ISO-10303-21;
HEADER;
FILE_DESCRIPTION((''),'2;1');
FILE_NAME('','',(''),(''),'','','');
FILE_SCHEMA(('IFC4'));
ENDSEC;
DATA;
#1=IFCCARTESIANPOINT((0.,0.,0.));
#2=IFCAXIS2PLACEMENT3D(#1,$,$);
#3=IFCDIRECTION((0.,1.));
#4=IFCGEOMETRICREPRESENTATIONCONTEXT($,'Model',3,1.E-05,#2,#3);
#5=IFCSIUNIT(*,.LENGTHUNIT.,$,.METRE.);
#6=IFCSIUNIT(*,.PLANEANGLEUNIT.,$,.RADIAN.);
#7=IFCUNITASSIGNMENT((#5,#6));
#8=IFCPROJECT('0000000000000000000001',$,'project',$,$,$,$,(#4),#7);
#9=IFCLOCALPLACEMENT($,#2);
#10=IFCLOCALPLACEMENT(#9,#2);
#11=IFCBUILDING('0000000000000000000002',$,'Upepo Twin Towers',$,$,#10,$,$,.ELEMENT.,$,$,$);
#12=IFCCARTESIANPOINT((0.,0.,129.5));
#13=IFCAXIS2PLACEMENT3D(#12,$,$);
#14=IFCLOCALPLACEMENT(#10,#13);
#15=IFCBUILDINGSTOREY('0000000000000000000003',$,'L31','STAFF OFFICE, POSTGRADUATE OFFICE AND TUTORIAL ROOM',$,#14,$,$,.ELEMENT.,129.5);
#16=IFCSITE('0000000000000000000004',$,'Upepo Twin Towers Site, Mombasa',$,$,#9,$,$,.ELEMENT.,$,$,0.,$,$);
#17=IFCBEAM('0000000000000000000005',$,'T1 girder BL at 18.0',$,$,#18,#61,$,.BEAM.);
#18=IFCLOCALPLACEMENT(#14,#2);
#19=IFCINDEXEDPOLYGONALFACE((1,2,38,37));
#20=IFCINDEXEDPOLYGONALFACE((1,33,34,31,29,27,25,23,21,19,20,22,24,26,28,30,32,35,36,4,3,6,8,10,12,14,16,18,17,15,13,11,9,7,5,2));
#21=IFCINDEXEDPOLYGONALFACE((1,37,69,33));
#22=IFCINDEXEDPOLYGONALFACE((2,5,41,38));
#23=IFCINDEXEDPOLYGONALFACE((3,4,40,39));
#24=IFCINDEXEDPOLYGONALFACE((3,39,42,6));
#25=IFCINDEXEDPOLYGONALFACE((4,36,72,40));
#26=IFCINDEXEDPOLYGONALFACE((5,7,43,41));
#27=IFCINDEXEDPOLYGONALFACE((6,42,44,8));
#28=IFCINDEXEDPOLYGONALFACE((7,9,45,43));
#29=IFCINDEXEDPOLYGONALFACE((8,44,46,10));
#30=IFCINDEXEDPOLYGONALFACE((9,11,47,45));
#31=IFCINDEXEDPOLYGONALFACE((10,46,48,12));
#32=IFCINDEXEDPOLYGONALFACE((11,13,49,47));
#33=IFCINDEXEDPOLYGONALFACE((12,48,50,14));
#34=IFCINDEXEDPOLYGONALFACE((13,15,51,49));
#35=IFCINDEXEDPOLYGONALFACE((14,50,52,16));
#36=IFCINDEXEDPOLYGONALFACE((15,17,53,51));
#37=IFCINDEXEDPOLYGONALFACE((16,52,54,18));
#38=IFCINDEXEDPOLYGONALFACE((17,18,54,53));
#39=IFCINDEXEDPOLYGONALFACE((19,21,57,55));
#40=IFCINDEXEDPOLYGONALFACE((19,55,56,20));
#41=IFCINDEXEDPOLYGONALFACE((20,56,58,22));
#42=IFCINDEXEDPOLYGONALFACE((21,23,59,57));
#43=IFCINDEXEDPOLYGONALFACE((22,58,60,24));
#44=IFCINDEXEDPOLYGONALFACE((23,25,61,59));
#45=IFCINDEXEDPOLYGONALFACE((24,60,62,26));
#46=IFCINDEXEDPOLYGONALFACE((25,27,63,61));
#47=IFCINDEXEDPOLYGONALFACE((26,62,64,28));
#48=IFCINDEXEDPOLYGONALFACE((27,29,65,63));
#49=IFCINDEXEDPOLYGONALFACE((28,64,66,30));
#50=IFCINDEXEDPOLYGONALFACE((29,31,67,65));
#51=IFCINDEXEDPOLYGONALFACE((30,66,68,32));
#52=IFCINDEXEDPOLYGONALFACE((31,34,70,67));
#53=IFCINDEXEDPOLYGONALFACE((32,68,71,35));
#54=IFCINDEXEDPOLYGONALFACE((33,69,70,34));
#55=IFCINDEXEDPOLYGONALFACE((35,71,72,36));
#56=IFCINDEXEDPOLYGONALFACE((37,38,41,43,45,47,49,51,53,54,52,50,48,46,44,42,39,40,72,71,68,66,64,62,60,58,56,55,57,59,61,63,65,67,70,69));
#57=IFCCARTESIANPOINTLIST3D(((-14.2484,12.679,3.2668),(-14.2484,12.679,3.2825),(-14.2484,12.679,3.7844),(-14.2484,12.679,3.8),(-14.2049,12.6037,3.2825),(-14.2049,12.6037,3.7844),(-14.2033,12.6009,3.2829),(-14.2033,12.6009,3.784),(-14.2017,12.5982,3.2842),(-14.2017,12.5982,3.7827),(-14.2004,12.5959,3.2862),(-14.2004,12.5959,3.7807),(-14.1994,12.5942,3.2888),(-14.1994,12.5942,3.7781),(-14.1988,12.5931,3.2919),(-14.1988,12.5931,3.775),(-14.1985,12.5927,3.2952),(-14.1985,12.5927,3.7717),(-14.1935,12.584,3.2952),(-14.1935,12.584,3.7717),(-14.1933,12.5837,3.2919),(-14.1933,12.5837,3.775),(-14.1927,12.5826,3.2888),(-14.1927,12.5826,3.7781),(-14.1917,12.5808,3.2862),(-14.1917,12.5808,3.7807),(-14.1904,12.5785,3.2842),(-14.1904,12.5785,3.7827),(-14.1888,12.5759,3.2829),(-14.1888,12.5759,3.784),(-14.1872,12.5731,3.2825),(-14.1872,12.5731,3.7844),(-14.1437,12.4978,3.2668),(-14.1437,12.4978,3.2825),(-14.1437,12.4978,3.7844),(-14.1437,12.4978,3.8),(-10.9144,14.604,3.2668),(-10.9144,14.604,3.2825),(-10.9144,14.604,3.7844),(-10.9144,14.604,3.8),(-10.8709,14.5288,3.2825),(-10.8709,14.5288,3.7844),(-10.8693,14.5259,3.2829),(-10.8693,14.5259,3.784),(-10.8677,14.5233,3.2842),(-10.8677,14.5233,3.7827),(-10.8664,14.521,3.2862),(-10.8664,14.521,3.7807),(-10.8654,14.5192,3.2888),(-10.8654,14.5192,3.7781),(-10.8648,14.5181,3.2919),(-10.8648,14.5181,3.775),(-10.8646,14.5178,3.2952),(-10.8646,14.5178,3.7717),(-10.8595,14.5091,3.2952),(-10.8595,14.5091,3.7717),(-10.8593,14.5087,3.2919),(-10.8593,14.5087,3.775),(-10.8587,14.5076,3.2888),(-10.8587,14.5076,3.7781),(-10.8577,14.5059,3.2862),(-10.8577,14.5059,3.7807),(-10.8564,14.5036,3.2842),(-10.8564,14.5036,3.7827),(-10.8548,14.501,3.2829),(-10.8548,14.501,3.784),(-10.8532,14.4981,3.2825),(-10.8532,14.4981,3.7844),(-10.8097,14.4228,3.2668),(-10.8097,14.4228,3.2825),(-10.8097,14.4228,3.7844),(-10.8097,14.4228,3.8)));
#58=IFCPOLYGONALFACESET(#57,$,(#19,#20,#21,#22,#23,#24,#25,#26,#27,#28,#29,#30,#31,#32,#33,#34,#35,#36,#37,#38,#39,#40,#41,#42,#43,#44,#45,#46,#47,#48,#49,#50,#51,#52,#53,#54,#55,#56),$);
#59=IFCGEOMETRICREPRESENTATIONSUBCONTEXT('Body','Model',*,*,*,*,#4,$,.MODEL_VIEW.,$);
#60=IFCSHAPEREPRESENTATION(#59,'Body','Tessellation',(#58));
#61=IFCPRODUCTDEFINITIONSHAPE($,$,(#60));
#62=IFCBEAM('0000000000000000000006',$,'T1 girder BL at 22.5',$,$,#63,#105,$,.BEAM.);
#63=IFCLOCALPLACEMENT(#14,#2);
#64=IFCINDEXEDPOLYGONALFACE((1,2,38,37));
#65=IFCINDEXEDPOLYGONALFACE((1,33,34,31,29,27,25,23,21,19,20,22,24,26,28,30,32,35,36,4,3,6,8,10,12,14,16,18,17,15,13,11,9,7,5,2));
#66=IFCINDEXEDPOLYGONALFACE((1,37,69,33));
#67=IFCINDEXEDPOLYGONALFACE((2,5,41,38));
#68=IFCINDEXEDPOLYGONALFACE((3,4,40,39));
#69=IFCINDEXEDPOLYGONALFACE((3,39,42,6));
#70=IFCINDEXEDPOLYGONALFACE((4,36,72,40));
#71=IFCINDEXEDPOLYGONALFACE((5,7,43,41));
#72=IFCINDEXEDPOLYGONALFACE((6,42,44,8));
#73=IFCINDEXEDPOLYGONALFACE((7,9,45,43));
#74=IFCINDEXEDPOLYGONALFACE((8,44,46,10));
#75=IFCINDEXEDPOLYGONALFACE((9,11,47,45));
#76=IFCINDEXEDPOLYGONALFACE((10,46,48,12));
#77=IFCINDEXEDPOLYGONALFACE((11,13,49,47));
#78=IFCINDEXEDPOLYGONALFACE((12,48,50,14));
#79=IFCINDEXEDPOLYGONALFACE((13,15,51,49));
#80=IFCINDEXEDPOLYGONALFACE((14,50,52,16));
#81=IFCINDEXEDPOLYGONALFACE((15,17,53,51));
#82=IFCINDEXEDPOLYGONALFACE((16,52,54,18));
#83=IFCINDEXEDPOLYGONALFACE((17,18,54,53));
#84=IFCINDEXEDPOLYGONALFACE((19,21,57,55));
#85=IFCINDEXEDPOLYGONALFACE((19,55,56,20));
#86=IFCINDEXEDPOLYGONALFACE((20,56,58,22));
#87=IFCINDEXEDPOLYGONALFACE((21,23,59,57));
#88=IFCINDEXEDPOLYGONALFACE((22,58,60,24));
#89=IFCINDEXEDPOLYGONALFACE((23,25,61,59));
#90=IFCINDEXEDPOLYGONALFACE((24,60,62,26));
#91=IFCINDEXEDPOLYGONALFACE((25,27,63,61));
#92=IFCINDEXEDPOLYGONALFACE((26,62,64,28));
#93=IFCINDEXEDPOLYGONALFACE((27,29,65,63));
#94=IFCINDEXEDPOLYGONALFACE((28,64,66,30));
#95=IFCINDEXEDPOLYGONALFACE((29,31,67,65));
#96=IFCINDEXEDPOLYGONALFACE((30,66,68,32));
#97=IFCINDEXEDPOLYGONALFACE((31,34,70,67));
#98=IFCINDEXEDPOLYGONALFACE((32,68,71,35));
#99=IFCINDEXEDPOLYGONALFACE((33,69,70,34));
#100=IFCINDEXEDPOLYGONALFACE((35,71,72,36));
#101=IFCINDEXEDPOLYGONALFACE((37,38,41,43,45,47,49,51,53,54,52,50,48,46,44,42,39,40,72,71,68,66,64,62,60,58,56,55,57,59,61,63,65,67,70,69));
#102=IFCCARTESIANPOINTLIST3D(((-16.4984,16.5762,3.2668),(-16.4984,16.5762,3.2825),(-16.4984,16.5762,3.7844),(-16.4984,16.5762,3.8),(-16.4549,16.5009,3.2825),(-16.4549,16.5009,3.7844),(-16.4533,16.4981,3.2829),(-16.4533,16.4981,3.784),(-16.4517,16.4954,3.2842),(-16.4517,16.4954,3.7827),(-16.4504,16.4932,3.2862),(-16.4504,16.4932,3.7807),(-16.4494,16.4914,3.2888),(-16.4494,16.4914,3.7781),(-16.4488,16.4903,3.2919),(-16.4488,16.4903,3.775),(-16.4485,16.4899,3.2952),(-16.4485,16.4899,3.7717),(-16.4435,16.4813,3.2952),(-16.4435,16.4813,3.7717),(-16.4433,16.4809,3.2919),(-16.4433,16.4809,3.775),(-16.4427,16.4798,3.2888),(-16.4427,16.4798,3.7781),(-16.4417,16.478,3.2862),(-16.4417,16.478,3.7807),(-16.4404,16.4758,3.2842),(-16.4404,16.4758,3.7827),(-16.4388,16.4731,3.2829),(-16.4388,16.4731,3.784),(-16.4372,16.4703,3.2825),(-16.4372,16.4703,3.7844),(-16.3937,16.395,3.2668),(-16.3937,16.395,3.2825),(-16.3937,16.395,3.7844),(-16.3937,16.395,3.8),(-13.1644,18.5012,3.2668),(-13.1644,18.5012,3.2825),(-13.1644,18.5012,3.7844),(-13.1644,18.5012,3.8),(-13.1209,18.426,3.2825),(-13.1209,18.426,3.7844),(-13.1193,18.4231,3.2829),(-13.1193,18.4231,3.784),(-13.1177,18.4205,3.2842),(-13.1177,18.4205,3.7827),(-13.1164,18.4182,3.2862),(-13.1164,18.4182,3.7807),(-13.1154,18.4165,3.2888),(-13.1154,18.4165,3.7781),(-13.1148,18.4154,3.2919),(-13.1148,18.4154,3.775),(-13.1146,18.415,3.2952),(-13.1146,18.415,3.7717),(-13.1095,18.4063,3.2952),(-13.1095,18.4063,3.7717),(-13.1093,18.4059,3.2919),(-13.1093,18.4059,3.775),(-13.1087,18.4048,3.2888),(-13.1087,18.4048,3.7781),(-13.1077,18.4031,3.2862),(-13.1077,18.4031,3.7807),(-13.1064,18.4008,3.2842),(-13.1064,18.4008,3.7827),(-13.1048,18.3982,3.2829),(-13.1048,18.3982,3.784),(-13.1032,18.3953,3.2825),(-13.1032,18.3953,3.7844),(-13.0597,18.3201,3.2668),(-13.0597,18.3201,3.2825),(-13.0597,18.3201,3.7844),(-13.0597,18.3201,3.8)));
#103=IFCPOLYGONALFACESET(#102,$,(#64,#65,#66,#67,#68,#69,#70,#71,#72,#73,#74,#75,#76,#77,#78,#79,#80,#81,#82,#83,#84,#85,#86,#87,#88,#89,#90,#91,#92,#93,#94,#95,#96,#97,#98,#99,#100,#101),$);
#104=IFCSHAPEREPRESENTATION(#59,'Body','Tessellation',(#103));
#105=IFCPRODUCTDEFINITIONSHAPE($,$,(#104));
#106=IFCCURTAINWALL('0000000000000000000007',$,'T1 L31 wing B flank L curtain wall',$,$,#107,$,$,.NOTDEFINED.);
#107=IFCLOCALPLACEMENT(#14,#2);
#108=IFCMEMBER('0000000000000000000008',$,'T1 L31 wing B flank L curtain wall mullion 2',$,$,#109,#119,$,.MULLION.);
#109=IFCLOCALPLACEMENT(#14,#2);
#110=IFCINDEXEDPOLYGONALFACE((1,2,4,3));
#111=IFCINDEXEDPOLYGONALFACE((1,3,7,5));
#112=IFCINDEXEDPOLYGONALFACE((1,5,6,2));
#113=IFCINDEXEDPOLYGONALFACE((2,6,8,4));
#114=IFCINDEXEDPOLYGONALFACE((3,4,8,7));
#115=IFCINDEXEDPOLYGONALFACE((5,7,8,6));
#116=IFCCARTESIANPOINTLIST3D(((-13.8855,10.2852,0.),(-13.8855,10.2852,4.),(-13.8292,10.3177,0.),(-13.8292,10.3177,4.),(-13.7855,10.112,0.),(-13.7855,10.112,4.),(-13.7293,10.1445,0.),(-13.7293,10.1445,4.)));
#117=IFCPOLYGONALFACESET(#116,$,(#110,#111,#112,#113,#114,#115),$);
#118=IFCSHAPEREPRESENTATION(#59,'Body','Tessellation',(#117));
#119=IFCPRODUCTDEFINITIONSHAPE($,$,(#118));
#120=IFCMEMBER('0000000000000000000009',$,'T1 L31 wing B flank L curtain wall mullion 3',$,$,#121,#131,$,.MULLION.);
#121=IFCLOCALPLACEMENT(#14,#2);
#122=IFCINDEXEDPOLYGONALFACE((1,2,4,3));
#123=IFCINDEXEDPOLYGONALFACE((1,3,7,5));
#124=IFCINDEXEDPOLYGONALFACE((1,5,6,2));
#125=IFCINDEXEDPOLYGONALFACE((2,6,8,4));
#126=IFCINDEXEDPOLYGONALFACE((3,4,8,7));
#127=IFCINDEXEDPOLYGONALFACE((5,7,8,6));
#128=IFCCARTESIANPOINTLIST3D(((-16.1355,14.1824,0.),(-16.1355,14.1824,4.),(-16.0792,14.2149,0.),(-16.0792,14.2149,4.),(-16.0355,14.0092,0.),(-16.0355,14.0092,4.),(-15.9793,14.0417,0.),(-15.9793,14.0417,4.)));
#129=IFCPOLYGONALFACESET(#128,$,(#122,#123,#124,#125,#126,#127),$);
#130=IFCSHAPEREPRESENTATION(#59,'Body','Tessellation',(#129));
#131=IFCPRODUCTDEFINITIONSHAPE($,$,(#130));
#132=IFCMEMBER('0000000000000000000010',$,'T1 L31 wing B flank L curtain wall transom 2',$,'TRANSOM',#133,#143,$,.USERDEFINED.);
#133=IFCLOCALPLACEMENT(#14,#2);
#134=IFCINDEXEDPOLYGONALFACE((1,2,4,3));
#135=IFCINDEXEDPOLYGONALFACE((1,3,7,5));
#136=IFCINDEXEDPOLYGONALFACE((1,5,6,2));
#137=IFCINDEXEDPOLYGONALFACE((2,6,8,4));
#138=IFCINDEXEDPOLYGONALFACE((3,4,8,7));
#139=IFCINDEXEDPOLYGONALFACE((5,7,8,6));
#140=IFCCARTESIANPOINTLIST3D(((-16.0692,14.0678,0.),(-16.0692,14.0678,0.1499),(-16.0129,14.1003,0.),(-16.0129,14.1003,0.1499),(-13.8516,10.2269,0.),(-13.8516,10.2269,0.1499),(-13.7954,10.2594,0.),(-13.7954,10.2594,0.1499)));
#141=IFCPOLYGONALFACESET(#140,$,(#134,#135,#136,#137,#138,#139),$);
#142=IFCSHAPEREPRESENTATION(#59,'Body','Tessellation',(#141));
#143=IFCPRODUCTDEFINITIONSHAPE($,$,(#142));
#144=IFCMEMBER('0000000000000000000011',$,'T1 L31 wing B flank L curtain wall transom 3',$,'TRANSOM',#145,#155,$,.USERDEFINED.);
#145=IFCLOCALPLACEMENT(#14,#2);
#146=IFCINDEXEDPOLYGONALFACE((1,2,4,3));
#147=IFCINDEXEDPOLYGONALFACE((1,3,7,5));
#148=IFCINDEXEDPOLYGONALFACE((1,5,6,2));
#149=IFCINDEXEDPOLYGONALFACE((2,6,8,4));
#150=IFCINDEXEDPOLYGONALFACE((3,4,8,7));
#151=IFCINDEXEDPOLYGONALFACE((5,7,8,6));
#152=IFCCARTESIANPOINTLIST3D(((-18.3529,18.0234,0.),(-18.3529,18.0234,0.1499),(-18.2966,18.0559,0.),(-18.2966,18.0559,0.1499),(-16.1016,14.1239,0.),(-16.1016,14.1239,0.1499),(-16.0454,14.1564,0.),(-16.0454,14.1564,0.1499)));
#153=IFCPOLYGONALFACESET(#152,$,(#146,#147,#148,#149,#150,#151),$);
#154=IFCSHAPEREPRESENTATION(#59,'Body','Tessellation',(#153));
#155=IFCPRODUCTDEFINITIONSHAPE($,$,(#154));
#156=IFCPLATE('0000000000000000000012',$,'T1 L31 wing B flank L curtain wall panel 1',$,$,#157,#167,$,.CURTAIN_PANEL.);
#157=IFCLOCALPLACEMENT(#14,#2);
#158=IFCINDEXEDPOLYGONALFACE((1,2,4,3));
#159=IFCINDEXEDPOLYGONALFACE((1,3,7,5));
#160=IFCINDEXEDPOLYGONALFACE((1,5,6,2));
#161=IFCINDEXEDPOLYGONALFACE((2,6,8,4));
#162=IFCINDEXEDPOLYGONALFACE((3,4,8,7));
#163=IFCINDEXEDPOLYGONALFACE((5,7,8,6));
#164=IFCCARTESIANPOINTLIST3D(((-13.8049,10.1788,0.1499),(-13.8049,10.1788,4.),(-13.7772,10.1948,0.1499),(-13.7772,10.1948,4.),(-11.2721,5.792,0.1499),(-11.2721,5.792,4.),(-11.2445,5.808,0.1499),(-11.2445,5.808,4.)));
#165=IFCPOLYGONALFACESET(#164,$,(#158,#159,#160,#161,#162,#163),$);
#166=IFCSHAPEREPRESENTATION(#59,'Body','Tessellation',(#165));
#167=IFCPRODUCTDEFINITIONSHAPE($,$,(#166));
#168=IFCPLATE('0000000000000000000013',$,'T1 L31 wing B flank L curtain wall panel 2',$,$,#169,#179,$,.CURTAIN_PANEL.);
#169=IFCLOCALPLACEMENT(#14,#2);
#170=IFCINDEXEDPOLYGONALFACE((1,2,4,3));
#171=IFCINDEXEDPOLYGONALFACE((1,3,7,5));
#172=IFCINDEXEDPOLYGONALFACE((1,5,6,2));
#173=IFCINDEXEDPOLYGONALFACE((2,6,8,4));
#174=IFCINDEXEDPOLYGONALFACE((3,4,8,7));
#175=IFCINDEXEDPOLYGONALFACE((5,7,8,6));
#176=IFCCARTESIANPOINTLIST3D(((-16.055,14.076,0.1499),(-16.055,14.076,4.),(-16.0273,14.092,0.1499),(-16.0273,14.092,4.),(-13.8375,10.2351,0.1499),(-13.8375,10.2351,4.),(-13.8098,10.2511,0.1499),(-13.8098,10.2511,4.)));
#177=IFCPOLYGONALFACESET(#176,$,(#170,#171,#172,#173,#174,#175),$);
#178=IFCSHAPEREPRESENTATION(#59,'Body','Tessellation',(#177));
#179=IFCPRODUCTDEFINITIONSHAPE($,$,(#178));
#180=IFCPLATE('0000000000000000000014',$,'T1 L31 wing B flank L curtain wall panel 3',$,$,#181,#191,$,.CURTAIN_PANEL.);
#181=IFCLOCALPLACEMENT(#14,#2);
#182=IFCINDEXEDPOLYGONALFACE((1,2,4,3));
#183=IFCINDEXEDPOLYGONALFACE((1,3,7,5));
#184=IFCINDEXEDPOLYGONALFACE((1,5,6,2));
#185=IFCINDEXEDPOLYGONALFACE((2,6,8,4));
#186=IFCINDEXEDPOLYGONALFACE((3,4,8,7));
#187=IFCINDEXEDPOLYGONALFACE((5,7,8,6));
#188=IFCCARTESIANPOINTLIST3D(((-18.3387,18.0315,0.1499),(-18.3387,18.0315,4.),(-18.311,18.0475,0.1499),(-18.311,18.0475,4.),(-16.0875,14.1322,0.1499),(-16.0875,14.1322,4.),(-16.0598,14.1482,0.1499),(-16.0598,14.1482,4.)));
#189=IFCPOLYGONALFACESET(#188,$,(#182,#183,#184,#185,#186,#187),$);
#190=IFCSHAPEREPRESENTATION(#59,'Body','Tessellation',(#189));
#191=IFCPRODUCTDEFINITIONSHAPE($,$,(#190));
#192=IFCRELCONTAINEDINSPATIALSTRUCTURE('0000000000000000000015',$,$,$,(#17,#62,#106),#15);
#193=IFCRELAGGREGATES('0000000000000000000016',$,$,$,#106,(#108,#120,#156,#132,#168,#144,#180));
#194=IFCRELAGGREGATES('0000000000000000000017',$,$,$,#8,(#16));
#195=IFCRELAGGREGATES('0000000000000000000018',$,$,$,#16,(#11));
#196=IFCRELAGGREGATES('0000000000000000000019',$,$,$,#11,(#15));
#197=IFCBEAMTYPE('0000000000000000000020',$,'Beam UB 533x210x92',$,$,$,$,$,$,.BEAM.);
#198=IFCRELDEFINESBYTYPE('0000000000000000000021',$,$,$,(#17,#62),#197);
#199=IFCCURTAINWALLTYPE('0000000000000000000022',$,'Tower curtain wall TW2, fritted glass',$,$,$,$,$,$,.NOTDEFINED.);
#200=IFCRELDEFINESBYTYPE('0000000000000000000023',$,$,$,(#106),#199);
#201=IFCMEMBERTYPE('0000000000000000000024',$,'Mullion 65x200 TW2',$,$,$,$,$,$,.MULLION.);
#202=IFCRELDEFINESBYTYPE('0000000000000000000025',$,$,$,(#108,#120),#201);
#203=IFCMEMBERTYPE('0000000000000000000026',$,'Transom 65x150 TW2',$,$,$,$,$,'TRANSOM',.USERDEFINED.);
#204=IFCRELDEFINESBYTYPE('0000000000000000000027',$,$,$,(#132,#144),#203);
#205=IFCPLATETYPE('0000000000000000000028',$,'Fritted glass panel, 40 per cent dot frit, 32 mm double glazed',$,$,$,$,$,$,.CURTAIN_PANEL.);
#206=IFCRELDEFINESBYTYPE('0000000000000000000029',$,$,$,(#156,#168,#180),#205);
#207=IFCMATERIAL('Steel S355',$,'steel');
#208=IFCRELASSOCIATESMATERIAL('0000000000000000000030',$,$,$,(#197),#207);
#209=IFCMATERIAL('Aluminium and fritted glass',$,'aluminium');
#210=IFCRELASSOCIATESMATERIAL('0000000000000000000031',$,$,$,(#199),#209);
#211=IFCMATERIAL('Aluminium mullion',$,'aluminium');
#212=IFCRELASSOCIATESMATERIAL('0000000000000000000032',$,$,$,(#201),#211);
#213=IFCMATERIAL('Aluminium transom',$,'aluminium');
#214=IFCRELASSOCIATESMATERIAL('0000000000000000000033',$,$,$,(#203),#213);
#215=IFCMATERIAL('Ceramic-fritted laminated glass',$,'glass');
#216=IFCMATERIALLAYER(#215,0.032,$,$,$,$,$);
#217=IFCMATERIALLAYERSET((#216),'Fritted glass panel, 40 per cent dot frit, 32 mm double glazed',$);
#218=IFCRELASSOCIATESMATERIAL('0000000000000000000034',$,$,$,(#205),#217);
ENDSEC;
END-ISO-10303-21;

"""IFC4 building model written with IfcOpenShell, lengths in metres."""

from ifc_helpers import new_model, si_unit, direction, frame, origin, origin_2d, place, context, subcontext, project, spatial, rectangle, i_section, extrude, material, layer, layer_set, material_profile, profile_set, type_object, element, aggregate, save


model = new_model("IFC4")

# Units and contexts
model_context = context("Model", 3, precision=1e-05, world=origin(), true_north=direction((0.0, 1.0)))
body_context = subcontext(model_context, "Body", "Model", "MODEL_VIEW")
ifc_project = project(units=[si_unit("LENGTHUNIT", "METRE"), si_unit("PLANEANGLEUNIT", "RADIAN")], contexts=[model_context])

# Site, building, storey
site_placement = place(None, origin())
site = spatial("IfcSite", under=ifc_project, at=site_placement, Name="Upepo Twin Towers Site, Mombasa", CompositionType="ELEMENT", RefElevation=0.0)
building_placement = place(site_placement, origin())
building = spatial("IfcBuilding", under=site, at=building_placement, Name="Upepo Twin Towers", CompositionType="ELEMENT")
storey_placement = place(building_placement, frame((0.0, 0.0, 129.5)))
storey = spatial("IfcBuildingStorey", under=building, at=storey_placement, Name="L31", Description="STAFF OFFICE, POSTGRADUATE OFFICE AND TUTORIAL ROOM", CompositionType="ELEMENT", Elevation=129.5)

# Beams
ifc_material_1 = material(Name="Steel S355", Category="steel")
ifc_material_profile_1 = material_profile(ifc_material_1, i_section(OverallWidth=0.2092, OverallDepth=0.5332, WebThickness=0.01, FlangeThickness=0.0156, FilletRadius=0.0127, at=origin_2d()), Name="UB 533x210x92")
ifc_profile_set_1 = profile_set([ifc_material_profile_1], Name="Steel S355")
beam_type_1 = type_object("IfcBeamType", Name="Beam UB 533x210x92", PredefinedType="BEAM", material=ifc_profile_set_1)
for number, where, z_axis, x_axis, name in (
    (1, (-14.196, 12.5884, 3.5334), (0.866006, 0.500034, 0.0), (-0.500034, 0.866006, 0.0), "T1 girder BL at 18.0"),
    (2, (-16.446, 16.4856, 3.5334), (0.866006, 0.500034, 0.0), (-0.500034, 0.866006, 0.0), "T1 girder BL at 22.5"),
):
    element("IfcBeam", number, at=place(storey_placement, frame(where, z_axis=z_axis, x_axis=x_axis)), inside=storey, type_object=beam_type_1, Name=name, PredefinedType="BEAM", context=body_context, shape_type="SweptSolid", body=[
        extrude(i_section(OverallWidth=0.2092, OverallDepth=0.5332, WebThickness=0.01, FlangeThickness=0.0156, FilletRadius=0.0127, at=origin_2d()), origin(), (0.0, 0.0, 1.0), 3.8499),
    ])

# Curtain wall, members, plates
ifc_material_2 = material(Name="Aluminium and fritted glass", Category="aluminium")
curtain_wall_type = type_object("IfcCurtainWallType", Name="Tower curtain wall TW2, fritted glass", PredefinedType="NOTDEFINED", material=ifc_material_2)
curtain_wall_placement = place(storey_placement, origin())
curtain_wall = element("IfcCurtainWall", 3, at=curtain_wall_placement, inside=storey, type_object=curtain_wall_type, Name="T1 L31 wing B flank L curtain wall", PredefinedType="NOTDEFINED")
ifc_material_3 = material(Name="Aluminium mullion", Category="aluminium")
ifc_material_profile_2 = material_profile(ifc_material_3, rectangle(XDim=0.0649, YDim=0.2, at=origin_2d()), Name="MULLION 65x200")
ifc_profile_set_2 = profile_set([ifc_material_profile_2], Name="Aluminium mullion")
member_type_1 = type_object("IfcMemberType", Name="Mullion 65x200 TW2", PredefinedType="MULLION", material=ifc_profile_set_2)
member_1_placement = place(storey_placement, frame((-13.8074, 10.2148, 0.0), z_axis=(0.0, 0.0, 1.0), x_axis=(-0.866025, -0.5, 0.0)))
member_1 = element("IfcMember", 4, at=member_1_placement, type_object=member_type_1, Name="T1 L31 wing B flank L curtain wall mullion 2", PredefinedType="MULLION", context=body_context, shape_type="SweptSolid", body=[
    extrude(rectangle(XDim=0.0649, YDim=0.2, at=origin_2d()), origin(), (0.0, 0.0, 1.0), 4.0),
])
member_2_placement = place(storey_placement, frame((-16.0574, 14.1121, 0.0), z_axis=(0.0, 0.0, 1.0), x_axis=(-0.866025, -0.5, 0.0)))
member_2 = element("IfcMember", 5, at=member_2_placement, type_object=member_type_1, Name="T1 L31 wing B flank L curtain wall mullion 3", PredefinedType="MULLION", context=body_context, shape_type="SweptSolid", body=[
    extrude(rectangle(XDim=0.0649, YDim=0.2, at=origin_2d()), origin(), (0.0, 0.0, 1.0), 4.0),
])
ifc_material_4 = material(Name="Aluminium transom", Category="aluminium")
ifc_material_profile_3 = material_profile(ifc_material_4, rectangle(XDim=0.0649, YDim=0.1499, at=origin_2d()), Name="TRANSOM 65x150")
ifc_profile_set_3 = profile_set([ifc_material_profile_3], Name="Aluminium transom")
member_type_2 = type_object("IfcMemberType", Name="Transom 65x150 TW2", ElementType="TRANSOM", PredefinedType="USERDEFINED", material=ifc_profile_set_3)
member_3_placement = place(storey_placement, frame((-13.8235, 10.2432, 0.075), z_axis=(-0.500005, 0.866022, 0.0), x_axis=(-0.866022, -0.500005, 0.0)))
member_3 = element("IfcMember", 6, at=member_3_placement, type_object=member_type_2, Name="T1 L31 wing B flank L curtain wall transom 2", ObjectType="TRANSOM", PredefinedType="USERDEFINED", context=body_context, shape_type="SweptSolid", body=[
    extrude(rectangle(XDim=0.0649, YDim=0.1499, at=origin_2d()), origin(), (0.0, 0.0, 1.0), 4.4351),
])
member_4_placement = place(storey_placement, frame((-16.0735, 14.1401, 0.075), z_axis=(-0.499982, 0.866036, 0.0), x_axis=(-0.866036, -0.499982, 0.0)))
member_4 = element("IfcMember", 7, at=member_4_placement, type_object=member_type_2, Name="T1 L31 wing B flank L curtain wall transom 3", ObjectType="TRANSOM", PredefinedType="USERDEFINED", context=body_context, shape_type="SweptSolid", body=[
    extrude(rectangle(XDim=0.0649, YDim=0.1499, at=origin_2d()), origin(), (0.0, 0.0, 1.0), 4.5027),
])
ifc_material_5 = material(Name="Ceramic-fritted laminated glass", Category="glass")
ifc_layer_1 = layer(ifc_material_5, 0.032)
ifc_layer_set_1 = layer_set([ifc_layer_1], Name="Fritted glass panel, 40 per cent dot frit, 32 mm double glazed")
plate_type = type_object("IfcPlateType", Name="Fritted glass panel, 40 per cent dot frit, 32 mm double glazed", PredefinedType="CURTAIN_PANEL", material=ifc_layer_set_1)
plate_1_placement = place(storey_placement, frame((-12.5247, 7.9934, 0.1499), z_axis=(0.0, 0.0, 1.0), x_axis=(-0.5, 0.866025, 0.0)))
plate_1 = element("IfcPlate", 8, at=plate_1_placement, type_object=plate_type, Name="T1 L31 wing B flank L curtain wall panel 1", PredefinedType="CURTAIN_PANEL", context=body_context, shape_type="SweptSolid", body=[
    extrude(rectangle(XDim=5.0654, YDim=0.032, at=origin_2d()), origin(), (0.0, 0.0, 1.0), 3.8501),
])
plate_2_placement = place(storey_placement, frame((-14.9324, 12.1636, 0.1499), z_axis=(0.0, 0.0, 1.0), x_axis=(-0.5, 0.866025, 0.0)))
plate_2 = element("IfcPlate", 9, at=plate_2_placement, type_object=plate_type, Name="T1 L31 wing B flank L curtain wall panel 2", PredefinedType="CURTAIN_PANEL", context=body_context, shape_type="SweptSolid", body=[
    extrude(rectangle(XDim=4.4351, YDim=0.032, at=origin_2d()), origin(), (0.0, 0.0, 1.0), 3.8501),
])
plate_3_placement = place(storey_placement, frame((-17.1992, 16.0898, 0.1499), z_axis=(0.0, 0.0, 1.0), x_axis=(-0.5, 0.866025, 0.0)))
plate_3 = element("IfcPlate", 10, at=plate_3_placement, type_object=plate_type, Name="T1 L31 wing B flank L curtain wall panel 3", PredefinedType="CURTAIN_PANEL", context=body_context, shape_type="SweptSolid", body=[
    extrude(rectangle(XDim=4.5024, YDim=0.032, at=origin_2d()), origin(), (0.0, 0.0, 1.0), 3.8501),
])
aggregate(curtain_wall, [member_1, member_2, plate_1, member_3, plate_2, member_4, plate_3])

save(model, "model.ifc")
